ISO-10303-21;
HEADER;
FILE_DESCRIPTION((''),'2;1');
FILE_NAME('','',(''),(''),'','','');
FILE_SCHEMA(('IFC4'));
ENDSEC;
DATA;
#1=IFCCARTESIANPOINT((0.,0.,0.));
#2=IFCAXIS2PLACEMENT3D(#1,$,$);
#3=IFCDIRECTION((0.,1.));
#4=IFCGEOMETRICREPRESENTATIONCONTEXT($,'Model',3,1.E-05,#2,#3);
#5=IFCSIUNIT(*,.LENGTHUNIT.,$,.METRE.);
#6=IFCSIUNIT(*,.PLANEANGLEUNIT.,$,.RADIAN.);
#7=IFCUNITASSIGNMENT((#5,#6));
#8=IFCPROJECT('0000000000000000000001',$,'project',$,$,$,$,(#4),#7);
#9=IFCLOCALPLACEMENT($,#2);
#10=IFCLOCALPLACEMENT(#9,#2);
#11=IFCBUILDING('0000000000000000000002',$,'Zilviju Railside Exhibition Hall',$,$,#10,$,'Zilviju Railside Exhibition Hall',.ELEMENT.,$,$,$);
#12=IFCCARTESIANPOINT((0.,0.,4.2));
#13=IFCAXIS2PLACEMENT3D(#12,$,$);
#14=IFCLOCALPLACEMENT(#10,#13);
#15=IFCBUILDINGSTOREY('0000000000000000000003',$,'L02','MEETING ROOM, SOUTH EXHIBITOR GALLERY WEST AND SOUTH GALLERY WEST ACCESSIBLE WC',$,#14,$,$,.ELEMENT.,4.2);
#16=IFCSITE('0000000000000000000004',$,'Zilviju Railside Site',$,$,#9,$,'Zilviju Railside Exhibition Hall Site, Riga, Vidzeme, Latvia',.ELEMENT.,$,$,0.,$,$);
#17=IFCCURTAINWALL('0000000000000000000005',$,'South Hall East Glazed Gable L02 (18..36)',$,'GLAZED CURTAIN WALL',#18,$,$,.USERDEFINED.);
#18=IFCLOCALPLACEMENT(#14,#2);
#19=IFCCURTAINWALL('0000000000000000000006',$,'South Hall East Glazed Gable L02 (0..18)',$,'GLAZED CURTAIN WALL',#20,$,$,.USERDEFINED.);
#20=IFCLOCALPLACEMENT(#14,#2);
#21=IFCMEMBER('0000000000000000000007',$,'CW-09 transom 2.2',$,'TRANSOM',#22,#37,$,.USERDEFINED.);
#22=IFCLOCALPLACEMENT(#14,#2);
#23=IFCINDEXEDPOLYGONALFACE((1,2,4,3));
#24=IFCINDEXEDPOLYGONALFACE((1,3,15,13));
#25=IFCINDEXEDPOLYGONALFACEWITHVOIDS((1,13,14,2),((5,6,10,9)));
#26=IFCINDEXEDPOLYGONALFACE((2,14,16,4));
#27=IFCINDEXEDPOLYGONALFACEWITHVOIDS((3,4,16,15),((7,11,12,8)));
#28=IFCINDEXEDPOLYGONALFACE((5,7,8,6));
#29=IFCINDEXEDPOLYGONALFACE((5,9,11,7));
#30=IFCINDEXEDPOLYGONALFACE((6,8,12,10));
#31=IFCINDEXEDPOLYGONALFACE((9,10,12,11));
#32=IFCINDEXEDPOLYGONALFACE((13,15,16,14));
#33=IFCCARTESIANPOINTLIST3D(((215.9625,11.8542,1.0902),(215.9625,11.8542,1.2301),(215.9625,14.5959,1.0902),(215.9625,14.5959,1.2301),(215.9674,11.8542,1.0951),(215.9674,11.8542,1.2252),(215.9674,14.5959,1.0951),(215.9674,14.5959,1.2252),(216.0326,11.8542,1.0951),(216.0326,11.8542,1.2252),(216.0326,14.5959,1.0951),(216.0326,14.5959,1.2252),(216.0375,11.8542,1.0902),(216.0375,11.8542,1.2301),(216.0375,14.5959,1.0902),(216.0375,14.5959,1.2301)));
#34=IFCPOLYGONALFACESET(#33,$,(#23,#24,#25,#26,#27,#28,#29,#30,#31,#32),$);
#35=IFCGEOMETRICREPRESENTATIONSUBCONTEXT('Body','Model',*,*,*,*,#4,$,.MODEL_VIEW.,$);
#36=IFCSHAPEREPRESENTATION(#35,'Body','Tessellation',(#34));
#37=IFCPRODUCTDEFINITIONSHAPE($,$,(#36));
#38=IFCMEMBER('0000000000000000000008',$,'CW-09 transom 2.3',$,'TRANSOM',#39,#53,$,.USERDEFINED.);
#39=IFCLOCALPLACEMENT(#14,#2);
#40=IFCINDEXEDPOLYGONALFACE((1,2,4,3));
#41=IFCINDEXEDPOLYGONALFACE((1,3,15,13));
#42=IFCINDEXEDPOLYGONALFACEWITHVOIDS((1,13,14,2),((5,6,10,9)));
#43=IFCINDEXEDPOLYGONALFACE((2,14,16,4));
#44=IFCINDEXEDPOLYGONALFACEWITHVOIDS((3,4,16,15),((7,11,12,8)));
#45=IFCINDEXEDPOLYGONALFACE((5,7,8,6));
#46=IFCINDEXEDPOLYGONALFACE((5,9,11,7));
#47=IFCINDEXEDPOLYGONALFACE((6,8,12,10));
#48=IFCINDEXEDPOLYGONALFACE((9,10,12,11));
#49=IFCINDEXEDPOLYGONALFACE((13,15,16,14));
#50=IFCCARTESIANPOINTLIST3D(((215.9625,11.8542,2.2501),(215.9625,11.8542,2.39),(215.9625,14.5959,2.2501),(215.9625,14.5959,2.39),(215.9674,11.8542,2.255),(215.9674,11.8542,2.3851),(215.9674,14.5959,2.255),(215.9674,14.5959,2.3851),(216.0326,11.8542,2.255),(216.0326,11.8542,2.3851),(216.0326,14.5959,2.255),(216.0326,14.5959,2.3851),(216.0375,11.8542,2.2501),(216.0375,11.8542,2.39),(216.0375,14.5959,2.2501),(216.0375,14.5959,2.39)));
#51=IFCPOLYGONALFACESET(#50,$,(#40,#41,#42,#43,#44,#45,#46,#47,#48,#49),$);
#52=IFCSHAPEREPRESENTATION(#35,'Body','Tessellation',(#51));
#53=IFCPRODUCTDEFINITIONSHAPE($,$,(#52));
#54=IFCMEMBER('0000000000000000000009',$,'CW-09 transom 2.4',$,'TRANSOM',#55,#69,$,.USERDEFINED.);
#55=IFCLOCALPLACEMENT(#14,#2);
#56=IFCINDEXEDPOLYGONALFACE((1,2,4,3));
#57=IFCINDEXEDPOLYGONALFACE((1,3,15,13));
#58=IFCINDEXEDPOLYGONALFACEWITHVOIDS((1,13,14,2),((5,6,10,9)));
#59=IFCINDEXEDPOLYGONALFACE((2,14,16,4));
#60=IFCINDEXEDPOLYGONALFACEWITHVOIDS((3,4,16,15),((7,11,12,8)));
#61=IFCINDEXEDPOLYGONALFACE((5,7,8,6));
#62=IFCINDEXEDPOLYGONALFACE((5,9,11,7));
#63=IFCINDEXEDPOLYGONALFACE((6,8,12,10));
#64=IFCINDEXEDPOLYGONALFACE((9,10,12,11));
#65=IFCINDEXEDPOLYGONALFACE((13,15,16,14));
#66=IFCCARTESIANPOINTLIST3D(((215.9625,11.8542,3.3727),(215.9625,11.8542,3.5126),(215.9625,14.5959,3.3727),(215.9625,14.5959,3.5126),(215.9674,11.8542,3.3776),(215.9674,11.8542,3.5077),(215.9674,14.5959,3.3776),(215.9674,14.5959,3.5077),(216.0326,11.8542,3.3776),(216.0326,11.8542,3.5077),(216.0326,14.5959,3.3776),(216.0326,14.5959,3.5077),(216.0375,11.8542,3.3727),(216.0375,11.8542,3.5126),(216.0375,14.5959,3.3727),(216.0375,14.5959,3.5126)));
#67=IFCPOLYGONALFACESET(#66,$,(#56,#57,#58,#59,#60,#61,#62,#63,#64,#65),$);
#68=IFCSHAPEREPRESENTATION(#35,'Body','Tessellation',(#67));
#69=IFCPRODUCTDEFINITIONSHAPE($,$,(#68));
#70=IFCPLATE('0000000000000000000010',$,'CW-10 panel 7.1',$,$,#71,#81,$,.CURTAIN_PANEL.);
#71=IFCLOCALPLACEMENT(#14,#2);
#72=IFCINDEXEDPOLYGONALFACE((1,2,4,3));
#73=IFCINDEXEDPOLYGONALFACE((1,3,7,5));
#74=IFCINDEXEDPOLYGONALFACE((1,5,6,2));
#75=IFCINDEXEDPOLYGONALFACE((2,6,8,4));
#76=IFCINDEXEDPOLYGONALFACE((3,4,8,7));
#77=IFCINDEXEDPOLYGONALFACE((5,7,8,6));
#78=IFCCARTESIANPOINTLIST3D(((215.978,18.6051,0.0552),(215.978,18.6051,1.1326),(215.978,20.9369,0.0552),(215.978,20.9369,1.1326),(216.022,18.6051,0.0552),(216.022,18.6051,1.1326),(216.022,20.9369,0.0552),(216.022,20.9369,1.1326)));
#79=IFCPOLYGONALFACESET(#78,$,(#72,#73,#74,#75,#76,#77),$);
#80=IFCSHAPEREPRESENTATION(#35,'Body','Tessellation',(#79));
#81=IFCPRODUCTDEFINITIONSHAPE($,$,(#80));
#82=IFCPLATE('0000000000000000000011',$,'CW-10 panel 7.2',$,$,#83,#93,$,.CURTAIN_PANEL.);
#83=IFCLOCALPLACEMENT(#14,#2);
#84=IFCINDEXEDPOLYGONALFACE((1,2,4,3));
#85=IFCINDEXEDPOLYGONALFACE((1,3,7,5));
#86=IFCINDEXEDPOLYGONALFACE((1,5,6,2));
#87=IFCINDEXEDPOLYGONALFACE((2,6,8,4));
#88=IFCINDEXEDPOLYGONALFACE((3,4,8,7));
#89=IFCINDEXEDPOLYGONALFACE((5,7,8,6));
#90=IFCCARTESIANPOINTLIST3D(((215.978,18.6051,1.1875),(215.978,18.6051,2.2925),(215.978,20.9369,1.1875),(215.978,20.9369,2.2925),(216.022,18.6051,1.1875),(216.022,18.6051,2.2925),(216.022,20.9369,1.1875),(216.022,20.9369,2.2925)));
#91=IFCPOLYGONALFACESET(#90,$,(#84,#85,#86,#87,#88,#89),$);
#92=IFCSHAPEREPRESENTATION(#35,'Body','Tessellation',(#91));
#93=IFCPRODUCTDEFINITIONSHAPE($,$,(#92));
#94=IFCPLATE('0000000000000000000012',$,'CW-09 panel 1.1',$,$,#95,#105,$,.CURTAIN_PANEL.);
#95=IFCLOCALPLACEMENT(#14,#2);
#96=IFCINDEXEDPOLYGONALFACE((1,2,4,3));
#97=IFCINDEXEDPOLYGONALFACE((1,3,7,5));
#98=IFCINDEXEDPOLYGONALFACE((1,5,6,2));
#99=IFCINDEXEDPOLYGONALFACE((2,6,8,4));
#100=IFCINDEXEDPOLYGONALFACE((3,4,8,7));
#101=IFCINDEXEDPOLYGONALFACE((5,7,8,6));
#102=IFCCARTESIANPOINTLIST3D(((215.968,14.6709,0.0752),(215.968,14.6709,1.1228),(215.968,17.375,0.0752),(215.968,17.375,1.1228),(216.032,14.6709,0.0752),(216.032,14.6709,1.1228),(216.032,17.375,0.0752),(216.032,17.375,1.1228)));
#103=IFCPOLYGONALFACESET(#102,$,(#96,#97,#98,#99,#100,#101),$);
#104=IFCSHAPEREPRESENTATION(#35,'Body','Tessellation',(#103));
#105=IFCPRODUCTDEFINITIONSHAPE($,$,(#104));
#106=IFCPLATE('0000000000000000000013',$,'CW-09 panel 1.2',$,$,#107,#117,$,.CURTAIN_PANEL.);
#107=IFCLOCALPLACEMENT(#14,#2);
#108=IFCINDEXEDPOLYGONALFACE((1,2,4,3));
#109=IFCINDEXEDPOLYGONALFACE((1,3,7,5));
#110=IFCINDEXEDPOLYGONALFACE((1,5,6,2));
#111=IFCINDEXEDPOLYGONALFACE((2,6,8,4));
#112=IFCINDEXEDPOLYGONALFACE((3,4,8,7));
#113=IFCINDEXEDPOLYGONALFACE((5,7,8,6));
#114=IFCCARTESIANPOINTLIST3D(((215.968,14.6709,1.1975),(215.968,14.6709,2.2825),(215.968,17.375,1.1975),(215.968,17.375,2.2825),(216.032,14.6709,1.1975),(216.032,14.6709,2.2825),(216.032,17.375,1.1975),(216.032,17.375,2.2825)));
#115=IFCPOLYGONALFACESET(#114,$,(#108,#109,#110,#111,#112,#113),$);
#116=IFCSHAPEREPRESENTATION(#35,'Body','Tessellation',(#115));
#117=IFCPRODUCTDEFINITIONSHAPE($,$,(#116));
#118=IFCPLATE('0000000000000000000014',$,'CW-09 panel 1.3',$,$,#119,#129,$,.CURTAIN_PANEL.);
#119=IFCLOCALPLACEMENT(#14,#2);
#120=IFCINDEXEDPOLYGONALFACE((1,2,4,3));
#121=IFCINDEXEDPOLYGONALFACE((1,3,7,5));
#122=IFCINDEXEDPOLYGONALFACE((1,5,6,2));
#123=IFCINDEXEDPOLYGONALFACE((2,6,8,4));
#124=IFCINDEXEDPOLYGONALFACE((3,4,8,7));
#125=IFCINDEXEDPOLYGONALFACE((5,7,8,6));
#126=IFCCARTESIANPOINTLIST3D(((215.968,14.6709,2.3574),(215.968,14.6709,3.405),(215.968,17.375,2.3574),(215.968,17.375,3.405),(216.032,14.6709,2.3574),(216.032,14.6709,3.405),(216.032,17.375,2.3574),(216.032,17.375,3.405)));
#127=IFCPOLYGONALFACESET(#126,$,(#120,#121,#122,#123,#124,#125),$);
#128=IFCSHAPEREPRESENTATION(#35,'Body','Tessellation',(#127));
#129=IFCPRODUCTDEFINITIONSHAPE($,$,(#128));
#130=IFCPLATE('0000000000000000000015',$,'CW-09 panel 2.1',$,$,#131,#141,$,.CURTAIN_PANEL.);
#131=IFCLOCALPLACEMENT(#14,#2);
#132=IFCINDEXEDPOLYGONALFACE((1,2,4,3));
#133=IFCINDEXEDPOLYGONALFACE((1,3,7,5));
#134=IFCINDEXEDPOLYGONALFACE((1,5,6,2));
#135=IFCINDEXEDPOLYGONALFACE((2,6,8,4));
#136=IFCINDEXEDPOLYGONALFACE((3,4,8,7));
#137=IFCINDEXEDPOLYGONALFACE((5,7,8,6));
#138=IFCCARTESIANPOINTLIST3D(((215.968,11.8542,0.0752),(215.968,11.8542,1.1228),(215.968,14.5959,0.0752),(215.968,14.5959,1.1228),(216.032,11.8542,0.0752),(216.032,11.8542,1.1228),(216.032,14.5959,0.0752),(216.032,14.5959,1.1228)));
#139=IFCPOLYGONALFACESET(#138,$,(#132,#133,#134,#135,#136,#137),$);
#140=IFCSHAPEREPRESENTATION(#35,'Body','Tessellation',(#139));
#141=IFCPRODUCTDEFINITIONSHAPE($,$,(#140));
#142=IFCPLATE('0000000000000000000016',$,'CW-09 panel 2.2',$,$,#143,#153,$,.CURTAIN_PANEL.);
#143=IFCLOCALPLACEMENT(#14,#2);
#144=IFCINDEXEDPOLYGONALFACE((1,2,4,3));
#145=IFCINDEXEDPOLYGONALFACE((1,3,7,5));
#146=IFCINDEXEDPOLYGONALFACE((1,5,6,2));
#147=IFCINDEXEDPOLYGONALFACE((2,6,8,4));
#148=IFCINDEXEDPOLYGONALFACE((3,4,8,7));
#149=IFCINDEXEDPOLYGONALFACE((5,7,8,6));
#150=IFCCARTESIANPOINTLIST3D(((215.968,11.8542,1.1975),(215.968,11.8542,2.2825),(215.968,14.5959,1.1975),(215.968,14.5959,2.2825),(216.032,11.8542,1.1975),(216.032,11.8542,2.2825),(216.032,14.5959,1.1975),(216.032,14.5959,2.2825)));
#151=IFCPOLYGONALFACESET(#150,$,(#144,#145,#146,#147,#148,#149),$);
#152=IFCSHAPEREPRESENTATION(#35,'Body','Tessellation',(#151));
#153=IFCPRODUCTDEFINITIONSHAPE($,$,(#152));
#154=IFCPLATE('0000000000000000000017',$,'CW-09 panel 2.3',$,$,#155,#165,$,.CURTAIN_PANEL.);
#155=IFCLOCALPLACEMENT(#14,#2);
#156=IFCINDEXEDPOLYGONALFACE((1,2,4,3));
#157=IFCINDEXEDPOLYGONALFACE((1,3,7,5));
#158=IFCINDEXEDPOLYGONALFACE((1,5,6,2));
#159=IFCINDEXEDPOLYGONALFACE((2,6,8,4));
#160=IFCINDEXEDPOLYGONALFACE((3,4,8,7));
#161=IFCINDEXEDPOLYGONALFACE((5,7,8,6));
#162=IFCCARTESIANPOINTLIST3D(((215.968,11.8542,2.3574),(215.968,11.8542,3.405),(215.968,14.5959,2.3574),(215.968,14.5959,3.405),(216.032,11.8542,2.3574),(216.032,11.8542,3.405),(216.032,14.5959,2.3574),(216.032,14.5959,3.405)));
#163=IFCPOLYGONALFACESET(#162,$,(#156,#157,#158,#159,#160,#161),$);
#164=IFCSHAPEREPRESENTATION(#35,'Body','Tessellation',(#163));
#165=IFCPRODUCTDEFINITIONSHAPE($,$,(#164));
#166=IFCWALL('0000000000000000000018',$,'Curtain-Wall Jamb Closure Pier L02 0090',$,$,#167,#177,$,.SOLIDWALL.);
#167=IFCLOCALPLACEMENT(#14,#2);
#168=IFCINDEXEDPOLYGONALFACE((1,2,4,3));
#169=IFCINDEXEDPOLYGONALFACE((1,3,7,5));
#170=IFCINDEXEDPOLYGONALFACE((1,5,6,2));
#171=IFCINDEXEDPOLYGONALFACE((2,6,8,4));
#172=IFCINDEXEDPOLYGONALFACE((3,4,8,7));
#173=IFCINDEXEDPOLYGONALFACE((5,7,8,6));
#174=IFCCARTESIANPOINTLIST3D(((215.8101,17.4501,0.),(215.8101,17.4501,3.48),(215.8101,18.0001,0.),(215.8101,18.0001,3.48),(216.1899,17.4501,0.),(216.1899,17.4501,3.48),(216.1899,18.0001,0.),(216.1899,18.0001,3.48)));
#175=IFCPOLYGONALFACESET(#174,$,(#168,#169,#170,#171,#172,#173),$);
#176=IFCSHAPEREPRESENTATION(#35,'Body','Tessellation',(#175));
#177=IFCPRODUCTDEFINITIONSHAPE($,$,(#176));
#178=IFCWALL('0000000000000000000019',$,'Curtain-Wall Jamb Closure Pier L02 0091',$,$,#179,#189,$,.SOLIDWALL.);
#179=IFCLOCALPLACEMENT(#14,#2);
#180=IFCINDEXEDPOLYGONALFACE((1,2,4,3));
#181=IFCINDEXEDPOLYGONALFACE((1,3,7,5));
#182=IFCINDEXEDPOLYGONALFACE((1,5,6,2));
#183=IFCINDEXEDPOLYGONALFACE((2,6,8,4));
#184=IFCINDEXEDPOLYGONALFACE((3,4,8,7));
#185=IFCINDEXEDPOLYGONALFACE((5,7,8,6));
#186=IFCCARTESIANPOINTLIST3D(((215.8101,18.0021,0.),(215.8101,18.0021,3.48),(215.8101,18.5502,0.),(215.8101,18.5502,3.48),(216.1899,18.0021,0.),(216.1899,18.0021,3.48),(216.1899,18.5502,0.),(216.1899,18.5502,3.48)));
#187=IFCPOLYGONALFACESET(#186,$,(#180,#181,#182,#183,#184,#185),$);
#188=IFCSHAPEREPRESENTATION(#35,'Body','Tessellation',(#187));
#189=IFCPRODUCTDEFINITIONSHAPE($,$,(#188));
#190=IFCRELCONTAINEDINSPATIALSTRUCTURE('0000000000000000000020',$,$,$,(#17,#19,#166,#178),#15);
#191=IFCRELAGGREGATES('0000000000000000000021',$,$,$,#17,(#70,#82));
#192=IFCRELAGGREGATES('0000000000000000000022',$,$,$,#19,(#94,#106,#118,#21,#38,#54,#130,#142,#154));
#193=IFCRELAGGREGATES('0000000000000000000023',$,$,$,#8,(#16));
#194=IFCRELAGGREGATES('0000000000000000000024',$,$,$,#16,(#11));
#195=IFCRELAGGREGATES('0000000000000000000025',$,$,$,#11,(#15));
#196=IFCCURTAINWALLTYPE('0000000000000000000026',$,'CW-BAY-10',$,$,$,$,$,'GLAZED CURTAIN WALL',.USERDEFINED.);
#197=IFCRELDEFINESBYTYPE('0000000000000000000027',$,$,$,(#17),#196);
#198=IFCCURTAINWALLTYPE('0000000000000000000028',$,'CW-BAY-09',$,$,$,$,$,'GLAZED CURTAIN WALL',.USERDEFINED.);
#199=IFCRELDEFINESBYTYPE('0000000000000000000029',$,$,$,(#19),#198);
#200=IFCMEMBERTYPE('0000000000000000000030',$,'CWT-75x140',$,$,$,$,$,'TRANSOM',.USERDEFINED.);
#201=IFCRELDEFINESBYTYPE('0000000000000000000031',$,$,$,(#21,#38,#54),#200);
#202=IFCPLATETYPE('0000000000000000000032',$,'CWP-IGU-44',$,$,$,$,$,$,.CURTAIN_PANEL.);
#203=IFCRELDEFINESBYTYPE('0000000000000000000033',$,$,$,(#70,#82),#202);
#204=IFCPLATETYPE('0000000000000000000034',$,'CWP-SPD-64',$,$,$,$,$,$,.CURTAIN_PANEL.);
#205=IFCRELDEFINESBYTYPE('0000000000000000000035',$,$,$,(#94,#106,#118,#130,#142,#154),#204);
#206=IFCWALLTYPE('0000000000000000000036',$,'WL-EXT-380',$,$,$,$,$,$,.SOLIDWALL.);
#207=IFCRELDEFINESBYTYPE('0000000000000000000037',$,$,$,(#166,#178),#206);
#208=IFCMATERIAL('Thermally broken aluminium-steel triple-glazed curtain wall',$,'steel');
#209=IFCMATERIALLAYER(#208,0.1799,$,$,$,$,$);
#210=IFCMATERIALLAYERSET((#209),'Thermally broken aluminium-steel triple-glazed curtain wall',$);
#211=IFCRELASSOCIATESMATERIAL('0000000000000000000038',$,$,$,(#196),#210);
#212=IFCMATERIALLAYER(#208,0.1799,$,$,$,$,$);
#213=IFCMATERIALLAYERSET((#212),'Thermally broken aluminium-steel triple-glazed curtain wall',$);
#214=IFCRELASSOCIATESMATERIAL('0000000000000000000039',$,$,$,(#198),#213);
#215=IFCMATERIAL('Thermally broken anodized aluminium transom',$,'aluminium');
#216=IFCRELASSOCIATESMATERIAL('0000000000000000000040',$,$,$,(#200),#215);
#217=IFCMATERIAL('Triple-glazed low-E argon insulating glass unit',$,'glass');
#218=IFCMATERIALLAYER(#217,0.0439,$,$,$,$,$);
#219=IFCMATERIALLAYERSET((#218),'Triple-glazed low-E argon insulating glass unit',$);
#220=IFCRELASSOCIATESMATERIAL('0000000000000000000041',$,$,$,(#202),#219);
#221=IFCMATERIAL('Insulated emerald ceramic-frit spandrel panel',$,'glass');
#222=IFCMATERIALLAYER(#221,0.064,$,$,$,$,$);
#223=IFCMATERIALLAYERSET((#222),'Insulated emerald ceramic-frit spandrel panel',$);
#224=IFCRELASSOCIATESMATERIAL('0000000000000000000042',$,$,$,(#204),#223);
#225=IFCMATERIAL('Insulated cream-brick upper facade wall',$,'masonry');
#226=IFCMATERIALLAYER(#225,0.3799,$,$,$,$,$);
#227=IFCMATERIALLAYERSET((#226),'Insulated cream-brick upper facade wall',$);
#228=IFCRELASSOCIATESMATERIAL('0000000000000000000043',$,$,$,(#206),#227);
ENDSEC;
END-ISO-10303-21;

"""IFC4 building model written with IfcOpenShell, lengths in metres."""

from ifc_helpers import new_model, si_unit, direction, frame, frame_2d, origin, origin_2d, place, context, subcontext, project, spatial, rectangle, hollow_rectangle, extrude, material, layer, layer_set, material_profile, profile_set, type_object, element, aggregate, save


model = new_model("IFC4")

# Units and contexts
model_context = context("Model", 3, precision=1e-05, world=origin(), true_north=direction((0.0, 1.0)))
body_context = subcontext(model_context, "Body", "Model", "MODEL_VIEW")
ifc_project = project(units=[si_unit("LENGTHUNIT", "METRE"), si_unit("PLANEANGLEUNIT", "RADIAN")], contexts=[model_context])

# Site, building, storey
site_placement = place(None, origin())
site = spatial("IfcSite", under=ifc_project, at=site_placement, Name="Zilviju Railside Site", LongName="Zilviju Railside Exhibition Hall Site, Riga, Vidzeme, Latvia", CompositionType="ELEMENT", RefElevation=0.0)
building_placement = place(site_placement, origin())
building = spatial("IfcBuilding", under=site, at=building_placement, Name="Zilviju Railside Exhibition Hall", LongName="Zilviju Railside Exhibition Hall", CompositionType="ELEMENT")
storey_placement = place(building_placement, frame((0.0, 0.0, 4.2)))
storey = spatial("IfcBuildingStorey", under=building, at=storey_placement, Name="L02", Description="MEETING ROOM, SOUTH EXHIBITOR GALLERY WEST AND SOUTH GALLERY WEST ACCESSIBLE WC", CompositionType="ELEMENT", Elevation=4.2)

# Curtain wall
ifc_material_1 = material(Name="Thermally broken aluminium-steel triple-glazed curtain wall", Category="steel")
ifc_layer_1 = layer(ifc_material_1, 0.1799)
ifc_layer_set_1 = layer_set([ifc_layer_1], Name="Thermally broken aluminium-steel triple-glazed curtain wall")
curtain_wall_type_1 = type_object("IfcCurtainWallType", Name="CW-BAY-10", ElementType="GLAZED CURTAIN WALL", PredefinedType="USERDEFINED", material=ifc_layer_set_1)
curtain_wall_1_placement = place(storey_placement, origin())
curtain_wall_1 = element("IfcCurtainWall", 1, at=curtain_wall_1_placement, inside=storey, type_object=curtain_wall_type_1, Name="South Hall East Glazed Gable L02 (18..36)", ObjectType="GLAZED CURTAIN WALL", PredefinedType="USERDEFINED")

# Curtain wall, members
ifc_layer_2 = layer(ifc_material_1, 0.1799)
ifc_layer_set_2 = layer_set([ifc_layer_2], Name="Thermally broken aluminium-steel triple-glazed curtain wall")
curtain_wall_type_2 = type_object("IfcCurtainWallType", Name="CW-BAY-09", ElementType="GLAZED CURTAIN WALL", PredefinedType="USERDEFINED", material=ifc_layer_set_2)
curtain_wall_2_placement = place(storey_placement, origin())
curtain_wall_2 = element("IfcCurtainWall", 2, at=curtain_wall_2_placement, inside=storey, type_object=curtain_wall_type_2, Name="South Hall East Glazed Gable L02 (0..18)", ObjectType="GLAZED CURTAIN WALL", PredefinedType="USERDEFINED")
ifc_material_2 = material(Name="Thermally broken anodized aluminium transom", Category="aluminium")
ifc_material_profile_1 = material_profile(ifc_material_2, hollow_rectangle(XDim=0.075, YDim=0.1399, WallThickness=0.0049, at=origin_2d()), Name="TRANSOM 140x75x5")
ifc_profile_set_1 = profile_set([ifc_material_profile_1], Name="Thermally broken anodized aluminium transom")
member_type_1 = type_object("IfcMemberType", Name="CWT-75x140", ElementType="TRANSOM", PredefinedType="USERDEFINED", material=ifc_profile_set_1)
member_1_placement = place(storey_placement, frame((216.0, 14.5959, 1.1602), z_axis=(0.0, -1.0, 0.0), x_axis=(1.0, 0.0, 0.0)))
member_1 = element("IfcMember", 3, at=member_1_placement, type_object=member_type_1, Name="CW-09 transom 2.2", ObjectType="TRANSOM", PredefinedType="USERDEFINED", context=body_context, shape_type="SweptSolid", body=[
    extrude(hollow_rectangle(XDim=0.075, YDim=0.1399, WallThickness=0.0049, at=origin_2d()), origin(), (0.0, 0.0, 1.0), 2.7417),
])
member_2_placement = place(storey_placement, frame((216.0, 14.5959, 2.3201), z_axis=(0.0, -1.0, 0.0), x_axis=(1.0, 0.0, 0.0)))
member_2 = element("IfcMember", 4, at=member_2_placement, type_object=member_type_1, Name="CW-09 transom 2.3", ObjectType="TRANSOM", PredefinedType="USERDEFINED", context=body_context, shape_type="SweptSolid", body=[
    extrude(hollow_rectangle(XDim=0.075, YDim=0.1399, WallThickness=0.0049, at=origin_2d()), origin(), (0.0, 0.0, 1.0), 2.7417),
])
member_3_placement = place(storey_placement, frame((216.0, 14.5959, 3.4426), z_axis=(0.0, -1.0, 0.0), x_axis=(1.0, 0.0, 0.0)))
member_3 = element("IfcMember", 5, at=member_3_placement, type_object=member_type_1, Name="CW-09 transom 2.4", ObjectType="TRANSOM", PredefinedType="USERDEFINED", context=body_context, shape_type="SweptSolid", body=[
    extrude(hollow_rectangle(XDim=0.075, YDim=0.1399, WallThickness=0.0049, at=origin_2d()), origin(), (0.0, 0.0, 1.0), 2.7417),
])

# Plates
ifc_material_3 = material(Name="Triple-glazed low-E argon insulating glass unit", Category="glass")
ifc_layer_3 = layer(ifc_material_3, 0.0439)
ifc_layer_set_3 = layer_set([ifc_layer_3], Name="Triple-glazed low-E argon insulating glass unit")
plate_type_1 = type_object("IfcPlateType", Name="CWP-IGU-44", PredefinedType="CURTAIN_PANEL", material=ifc_layer_set_3)
plate_1_placement = place(storey_placement, frame((216.0, 19.771, 0.0552), z_axis=(0.0, 0.0, 1.0), x_axis=(0.0, -1.0, 0.0)))
plate_1 = element("IfcPlate", 6, at=plate_1_placement, type_object=plate_type_1, Name="CW-10 panel 7.1", PredefinedType="CURTAIN_PANEL", context=body_context, shape_type="SweptSolid", body=[
    extrude(rectangle(XDim=2.3318, YDim=0.0439, at=origin_2d()), origin(), (0.0, 0.0, 1.0), 1.0774),
])
plate_2_placement = place(storey_placement, frame((216.0, 19.771, 1.1875), z_axis=(0.0, 0.0, 1.0), x_axis=(0.0, -1.0, 0.0)))
plate_2 = element("IfcPlate", 7, at=plate_2_placement, type_object=plate_type_1, Name="CW-10 panel 7.2", PredefinedType="CURTAIN_PANEL", context=body_context, shape_type="SweptSolid", body=[
    extrude(rectangle(XDim=2.3318, YDim=0.0439, at=origin_2d()), origin(), (0.0, 0.0, 1.0), 1.105),
])
aggregate(curtain_wall_1, [plate_1, plate_2])
ifc_material_4 = material(Name="Insulated emerald ceramic-frit spandrel panel", Category="glass")
ifc_layer_4 = layer(ifc_material_4, 0.064)
ifc_layer_set_4 = layer_set([ifc_layer_4], Name="Insulated emerald ceramic-frit spandrel panel")
plate_type_2 = type_object("IfcPlateType", Name="CWP-SPD-64", PredefinedType="CURTAIN_PANEL", material=ifc_layer_set_4)
plate_3_placement = place(storey_placement, frame((216.0, 16.0229, 0.0752), z_axis=(0.0, 0.0, 1.0), x_axis=(0.0, -1.0, 0.0)))
plate_3 = element("IfcPlate", 8, at=plate_3_placement, type_object=plate_type_2, Name="CW-09 panel 1.1", PredefinedType="CURTAIN_PANEL", context=body_context, shape_type="SweptSolid", body=[
    extrude(rectangle(XDim=2.7041, YDim=0.064, at=origin_2d()), origin(), (0.0, 0.0, 1.0), 1.0476),
])
plate_4_placement = place(storey_placement, frame((216.0, 16.0229, 1.1975), z_axis=(0.0, 0.0, 1.0), x_axis=(0.0, -1.0, 0.0)))
plate_4 = element("IfcPlate", 9, at=plate_4_placement, type_object=plate_type_2, Name="CW-09 panel 1.2", PredefinedType="CURTAIN_PANEL", context=body_context, shape_type="SweptSolid", body=[
    extrude(rectangle(XDim=2.7041, YDim=0.064, at=origin_2d()), origin(), (0.0, 0.0, 1.0), 1.085),
])
plate_5_placement = place(storey_placement, frame((216.0, 16.0229, 2.3574), z_axis=(0.0, 0.0, 1.0), x_axis=(0.0, -1.0, 0.0)))
plate_5 = element("IfcPlate", 10, at=plate_5_placement, type_object=plate_type_2, Name="CW-09 panel 1.3", PredefinedType="CURTAIN_PANEL", context=body_context, shape_type="SweptSolid", body=[
    extrude(rectangle(XDim=2.7041, YDim=0.064, at=origin_2d()), origin(), (0.0, 0.0, 1.0), 1.0476),
])
plate_6_placement = place(storey_placement, frame((216.0, 13.2251, 0.0752), z_axis=(0.0, 0.0, 1.0), x_axis=(0.0, -1.0, 0.0)))
plate_6 = element("IfcPlate", 11, at=plate_6_placement, type_object=plate_type_2, Name="CW-09 panel 2.1", PredefinedType="CURTAIN_PANEL", context=body_context, shape_type="SweptSolid", body=[
    extrude(rectangle(XDim=2.7417, YDim=0.064, at=origin_2d()), origin(), (0.0, 0.0, 1.0), 1.0476),
])
plate_7_placement = place(storey_placement, frame((216.0, 13.2251, 1.1975), z_axis=(0.0, 0.0, 1.0), x_axis=(0.0, -1.0, 0.0)))
plate_7 = element("IfcPlate", 12, at=plate_7_placement, type_object=plate_type_2, Name="CW-09 panel 2.2", PredefinedType="CURTAIN_PANEL", context=body_context, shape_type="SweptSolid", body=[
    extrude(rectangle(XDim=2.7417, YDim=0.064, at=origin_2d()), origin(), (0.0, 0.0, 1.0), 1.085),
])
plate_8_placement = place(storey_placement, frame((216.0, 13.2251, 2.3574), z_axis=(0.0, 0.0, 1.0), x_axis=(0.0, -1.0, 0.0)))
plate_8 = element("IfcPlate", 13, at=plate_8_placement, type_object=plate_type_2, Name="CW-09 panel 2.3", PredefinedType="CURTAIN_PANEL", context=body_context, shape_type="SweptSolid", body=[
    extrude(rectangle(XDim=2.7417, YDim=0.064, at=origin_2d()), origin(), (0.0, 0.0, 1.0), 1.0476),
])
aggregate(curtain_wall_2, [plate_3, plate_4, plate_5, member_1, member_2, member_3, plate_6, plate_7, plate_8])

# Walls
ifc_material_5 = material(Name="Insulated cream-brick upper facade wall", Category="masonry")
ifc_layer_5 = layer(ifc_material_5, 0.3799)
ifc_layer_set_5 = layer_set([ifc_layer_5], Name="Insulated cream-brick upper facade wall")
wall_type = type_object("IfcWallType", Name="WL-EXT-380", PredefinedType="SOLIDWALL", material=ifc_layer_set_5)
wall_1_placement = place(storey_placement, frame((216.0, 18.0, 0.0), z_axis=(0.0, 0.0, 1.0), x_axis=(0.0, -1.0, 0.0)))
element("IfcWall", 14, at=wall_1_placement, inside=storey, type_object=wall_type, Name="Curtain-Wall Jamb Closure Pier L02 0090", PredefinedType="SOLIDWALL", context=body_context, shape_type="SweptSolid", body=[
    extrude(rectangle(XDim=0.55, YDim=0.3799, at=frame_2d((0.2749, 0.0))), origin(), (0.0, 0.0, 1.0), 3.48),
])
wall_2_placement = place(storey_placement, frame((216.0, 18.55, 0.0), z_axis=(0.0, 0.0, 1.0), x_axis=(0.0, -1.0, 0.0)))
element("IfcWall", 15, at=wall_2_placement, inside=storey, type_object=wall_type, Name="Curtain-Wall Jamb Closure Pier L02 0091", PredefinedType="SOLIDWALL", context=body_context, shape_type="SweptSolid", body=[
    extrude(rectangle(XDim=0.5481, YDim=0.3799, at=frame_2d((0.2739, 0.0))), origin(), (0.0, 0.0, 1.0), 3.48),
])

save(model, "model.ifc")
